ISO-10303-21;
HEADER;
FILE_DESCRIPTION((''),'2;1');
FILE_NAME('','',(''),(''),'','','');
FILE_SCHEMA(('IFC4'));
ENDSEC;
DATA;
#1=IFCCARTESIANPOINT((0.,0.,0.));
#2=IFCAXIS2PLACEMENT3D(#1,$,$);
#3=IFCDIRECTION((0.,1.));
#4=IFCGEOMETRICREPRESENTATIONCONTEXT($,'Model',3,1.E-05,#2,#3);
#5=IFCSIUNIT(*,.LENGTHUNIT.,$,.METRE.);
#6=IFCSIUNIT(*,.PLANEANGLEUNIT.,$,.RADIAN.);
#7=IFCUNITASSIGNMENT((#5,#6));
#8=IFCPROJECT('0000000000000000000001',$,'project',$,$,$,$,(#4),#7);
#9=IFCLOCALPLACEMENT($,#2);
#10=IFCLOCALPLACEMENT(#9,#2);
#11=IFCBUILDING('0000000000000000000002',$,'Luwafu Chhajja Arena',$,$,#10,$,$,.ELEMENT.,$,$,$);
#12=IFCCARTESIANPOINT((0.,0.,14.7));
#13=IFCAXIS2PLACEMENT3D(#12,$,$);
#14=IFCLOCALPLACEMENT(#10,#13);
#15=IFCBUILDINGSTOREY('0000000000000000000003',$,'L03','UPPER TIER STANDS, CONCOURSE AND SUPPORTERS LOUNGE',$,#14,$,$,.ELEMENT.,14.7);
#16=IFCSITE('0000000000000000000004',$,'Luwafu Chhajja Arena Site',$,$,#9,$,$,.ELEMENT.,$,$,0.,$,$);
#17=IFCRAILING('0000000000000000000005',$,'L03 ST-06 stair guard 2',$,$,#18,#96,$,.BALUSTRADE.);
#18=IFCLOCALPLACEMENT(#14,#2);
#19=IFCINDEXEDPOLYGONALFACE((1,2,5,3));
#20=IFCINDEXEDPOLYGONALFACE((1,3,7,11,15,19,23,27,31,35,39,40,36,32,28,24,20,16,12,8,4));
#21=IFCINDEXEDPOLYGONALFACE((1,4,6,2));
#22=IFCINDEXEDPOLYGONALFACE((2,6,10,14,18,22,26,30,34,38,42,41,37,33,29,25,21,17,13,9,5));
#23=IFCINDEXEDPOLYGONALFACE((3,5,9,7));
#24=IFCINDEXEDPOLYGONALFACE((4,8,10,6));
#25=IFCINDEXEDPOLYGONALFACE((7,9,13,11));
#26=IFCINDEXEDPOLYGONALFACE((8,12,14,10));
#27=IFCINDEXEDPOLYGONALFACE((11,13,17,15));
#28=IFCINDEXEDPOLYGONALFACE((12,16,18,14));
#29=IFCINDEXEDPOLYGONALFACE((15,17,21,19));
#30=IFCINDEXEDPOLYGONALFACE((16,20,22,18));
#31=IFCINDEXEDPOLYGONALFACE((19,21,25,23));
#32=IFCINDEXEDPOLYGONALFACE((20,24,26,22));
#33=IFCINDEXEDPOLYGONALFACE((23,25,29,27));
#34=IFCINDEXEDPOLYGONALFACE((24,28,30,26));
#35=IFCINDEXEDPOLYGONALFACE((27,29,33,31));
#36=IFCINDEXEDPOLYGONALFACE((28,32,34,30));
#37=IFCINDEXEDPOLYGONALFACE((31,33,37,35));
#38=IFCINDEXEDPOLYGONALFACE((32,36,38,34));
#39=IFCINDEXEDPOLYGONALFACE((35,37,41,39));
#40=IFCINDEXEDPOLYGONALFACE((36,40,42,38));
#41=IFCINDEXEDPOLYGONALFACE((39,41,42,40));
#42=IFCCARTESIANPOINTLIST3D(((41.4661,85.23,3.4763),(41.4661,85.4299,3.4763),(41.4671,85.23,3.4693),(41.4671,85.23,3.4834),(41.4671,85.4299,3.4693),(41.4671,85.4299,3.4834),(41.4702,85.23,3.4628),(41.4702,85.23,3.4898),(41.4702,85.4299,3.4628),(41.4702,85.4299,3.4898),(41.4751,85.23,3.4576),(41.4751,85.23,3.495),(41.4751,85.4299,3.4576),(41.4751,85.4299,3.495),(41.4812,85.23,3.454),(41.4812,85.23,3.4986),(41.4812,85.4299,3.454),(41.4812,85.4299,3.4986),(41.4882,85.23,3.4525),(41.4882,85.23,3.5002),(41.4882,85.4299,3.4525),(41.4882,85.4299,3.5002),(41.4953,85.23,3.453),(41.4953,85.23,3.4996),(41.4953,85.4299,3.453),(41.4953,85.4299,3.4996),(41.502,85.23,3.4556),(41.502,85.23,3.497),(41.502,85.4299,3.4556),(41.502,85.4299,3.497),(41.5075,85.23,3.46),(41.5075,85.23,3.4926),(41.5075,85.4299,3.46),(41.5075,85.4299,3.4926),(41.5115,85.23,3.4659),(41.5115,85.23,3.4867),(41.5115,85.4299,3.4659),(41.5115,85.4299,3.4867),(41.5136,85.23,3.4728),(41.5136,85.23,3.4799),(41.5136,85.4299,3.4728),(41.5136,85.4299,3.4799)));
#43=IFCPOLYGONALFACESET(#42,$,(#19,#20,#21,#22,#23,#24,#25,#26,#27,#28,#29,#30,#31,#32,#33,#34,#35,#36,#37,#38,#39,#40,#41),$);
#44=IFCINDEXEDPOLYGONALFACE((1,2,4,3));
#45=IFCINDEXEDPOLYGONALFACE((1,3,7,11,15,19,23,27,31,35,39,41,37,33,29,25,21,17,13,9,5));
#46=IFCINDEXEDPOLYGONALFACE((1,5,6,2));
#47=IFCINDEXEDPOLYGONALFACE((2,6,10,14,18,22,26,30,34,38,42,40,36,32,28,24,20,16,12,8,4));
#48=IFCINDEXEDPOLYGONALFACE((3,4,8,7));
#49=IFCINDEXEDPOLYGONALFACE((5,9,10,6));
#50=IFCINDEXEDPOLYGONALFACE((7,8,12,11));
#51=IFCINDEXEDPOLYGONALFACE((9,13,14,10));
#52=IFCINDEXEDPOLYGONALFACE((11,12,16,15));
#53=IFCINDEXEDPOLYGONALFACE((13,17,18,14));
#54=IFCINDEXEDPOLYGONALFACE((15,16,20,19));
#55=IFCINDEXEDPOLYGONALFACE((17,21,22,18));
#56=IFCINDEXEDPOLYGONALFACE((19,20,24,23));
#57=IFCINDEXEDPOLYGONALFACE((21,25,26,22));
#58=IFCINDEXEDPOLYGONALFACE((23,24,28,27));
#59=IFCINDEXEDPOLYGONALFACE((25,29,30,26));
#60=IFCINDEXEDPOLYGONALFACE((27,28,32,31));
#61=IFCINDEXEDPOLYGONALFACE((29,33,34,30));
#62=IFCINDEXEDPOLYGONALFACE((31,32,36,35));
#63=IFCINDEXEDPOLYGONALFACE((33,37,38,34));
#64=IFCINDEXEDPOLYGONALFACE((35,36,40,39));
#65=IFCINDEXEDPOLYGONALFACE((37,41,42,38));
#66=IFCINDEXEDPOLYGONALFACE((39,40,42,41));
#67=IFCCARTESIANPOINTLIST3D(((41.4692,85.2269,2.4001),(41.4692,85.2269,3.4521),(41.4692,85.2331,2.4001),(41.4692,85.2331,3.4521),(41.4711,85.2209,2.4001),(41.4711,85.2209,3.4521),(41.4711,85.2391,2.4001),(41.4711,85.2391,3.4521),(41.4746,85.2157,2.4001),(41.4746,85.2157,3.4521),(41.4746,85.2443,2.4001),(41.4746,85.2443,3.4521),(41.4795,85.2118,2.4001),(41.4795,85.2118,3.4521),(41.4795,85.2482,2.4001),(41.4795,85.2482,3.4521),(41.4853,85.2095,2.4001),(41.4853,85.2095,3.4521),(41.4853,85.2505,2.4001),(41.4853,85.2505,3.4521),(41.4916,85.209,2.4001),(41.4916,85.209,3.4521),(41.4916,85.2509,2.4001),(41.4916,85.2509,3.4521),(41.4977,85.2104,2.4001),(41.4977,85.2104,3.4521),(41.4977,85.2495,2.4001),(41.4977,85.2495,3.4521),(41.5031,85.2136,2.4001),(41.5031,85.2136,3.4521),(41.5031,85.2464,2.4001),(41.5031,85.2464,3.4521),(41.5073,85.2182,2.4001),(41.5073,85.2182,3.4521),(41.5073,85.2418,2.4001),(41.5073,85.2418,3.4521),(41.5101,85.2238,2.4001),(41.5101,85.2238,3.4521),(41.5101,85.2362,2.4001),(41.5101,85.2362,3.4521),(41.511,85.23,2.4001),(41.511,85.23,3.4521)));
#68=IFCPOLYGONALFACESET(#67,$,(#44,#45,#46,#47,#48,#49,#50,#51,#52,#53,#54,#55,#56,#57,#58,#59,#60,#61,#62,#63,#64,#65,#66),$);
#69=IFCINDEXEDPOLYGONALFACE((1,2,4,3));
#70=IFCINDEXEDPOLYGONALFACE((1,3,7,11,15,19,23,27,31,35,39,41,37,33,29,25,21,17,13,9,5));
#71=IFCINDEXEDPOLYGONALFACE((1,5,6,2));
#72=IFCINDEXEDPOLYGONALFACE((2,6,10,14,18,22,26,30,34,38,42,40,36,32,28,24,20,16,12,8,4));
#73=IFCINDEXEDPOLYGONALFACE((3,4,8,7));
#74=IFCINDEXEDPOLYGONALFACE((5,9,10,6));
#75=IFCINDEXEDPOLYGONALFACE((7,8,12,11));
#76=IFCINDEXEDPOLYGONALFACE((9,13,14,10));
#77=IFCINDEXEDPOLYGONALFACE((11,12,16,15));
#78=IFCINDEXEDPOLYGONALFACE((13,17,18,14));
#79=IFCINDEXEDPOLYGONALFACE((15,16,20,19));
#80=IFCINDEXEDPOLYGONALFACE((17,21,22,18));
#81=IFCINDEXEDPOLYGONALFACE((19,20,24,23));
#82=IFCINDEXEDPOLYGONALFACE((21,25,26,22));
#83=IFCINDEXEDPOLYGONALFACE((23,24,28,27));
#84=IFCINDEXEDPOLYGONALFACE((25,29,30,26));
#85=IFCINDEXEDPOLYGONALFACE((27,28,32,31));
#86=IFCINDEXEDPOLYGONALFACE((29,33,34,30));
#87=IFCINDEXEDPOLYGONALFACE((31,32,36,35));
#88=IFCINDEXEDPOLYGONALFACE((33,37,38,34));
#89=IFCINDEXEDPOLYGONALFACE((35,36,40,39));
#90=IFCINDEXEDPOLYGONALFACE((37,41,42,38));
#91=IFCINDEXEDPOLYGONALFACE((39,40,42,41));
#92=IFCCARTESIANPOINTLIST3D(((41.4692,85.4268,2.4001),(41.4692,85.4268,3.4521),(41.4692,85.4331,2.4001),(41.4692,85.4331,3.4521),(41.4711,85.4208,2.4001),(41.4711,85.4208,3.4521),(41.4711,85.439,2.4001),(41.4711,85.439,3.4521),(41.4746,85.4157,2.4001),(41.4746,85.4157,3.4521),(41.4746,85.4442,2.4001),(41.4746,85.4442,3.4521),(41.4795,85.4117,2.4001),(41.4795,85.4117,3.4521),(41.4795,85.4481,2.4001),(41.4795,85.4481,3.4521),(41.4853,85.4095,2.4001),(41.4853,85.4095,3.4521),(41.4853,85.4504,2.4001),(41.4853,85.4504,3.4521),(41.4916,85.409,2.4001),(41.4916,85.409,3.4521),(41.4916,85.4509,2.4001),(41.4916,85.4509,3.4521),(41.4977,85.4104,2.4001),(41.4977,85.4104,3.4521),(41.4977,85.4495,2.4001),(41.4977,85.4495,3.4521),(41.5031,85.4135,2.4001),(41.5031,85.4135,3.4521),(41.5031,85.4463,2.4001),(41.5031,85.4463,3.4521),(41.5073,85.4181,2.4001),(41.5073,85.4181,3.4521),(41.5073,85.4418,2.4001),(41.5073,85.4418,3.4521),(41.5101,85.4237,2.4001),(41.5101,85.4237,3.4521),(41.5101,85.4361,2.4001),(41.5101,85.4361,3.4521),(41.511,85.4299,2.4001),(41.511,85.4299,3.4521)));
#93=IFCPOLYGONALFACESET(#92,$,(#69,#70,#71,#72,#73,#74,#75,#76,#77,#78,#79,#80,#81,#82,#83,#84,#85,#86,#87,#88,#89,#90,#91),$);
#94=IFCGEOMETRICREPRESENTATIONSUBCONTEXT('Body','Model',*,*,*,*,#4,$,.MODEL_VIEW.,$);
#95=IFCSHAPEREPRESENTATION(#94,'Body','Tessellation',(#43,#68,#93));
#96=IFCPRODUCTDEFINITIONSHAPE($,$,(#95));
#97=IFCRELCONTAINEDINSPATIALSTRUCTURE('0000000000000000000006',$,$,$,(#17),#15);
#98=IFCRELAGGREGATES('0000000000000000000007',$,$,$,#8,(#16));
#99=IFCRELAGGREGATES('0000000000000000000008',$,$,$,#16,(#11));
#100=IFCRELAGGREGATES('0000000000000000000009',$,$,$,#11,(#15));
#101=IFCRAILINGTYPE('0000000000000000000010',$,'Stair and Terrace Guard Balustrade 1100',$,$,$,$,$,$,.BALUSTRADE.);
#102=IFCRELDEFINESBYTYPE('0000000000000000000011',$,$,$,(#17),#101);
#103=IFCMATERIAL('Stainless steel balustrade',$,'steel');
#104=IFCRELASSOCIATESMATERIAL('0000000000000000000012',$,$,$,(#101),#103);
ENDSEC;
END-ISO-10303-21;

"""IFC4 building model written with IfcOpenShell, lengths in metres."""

from ifc_helpers import new_model, si_unit, direction, frame, origin, origin_2d, place, context, subcontext, project, spatial, circle, extrude, material, type_object, element, save


model = new_model("IFC4")

# Units and contexts
model_context = context("Model", 3, precision=1e-05, world=origin(), true_north=direction((0.0, 1.0)))
body_context = subcontext(model_context, "Body", "Model", "MODEL_VIEW")
ifc_project = project(units=[si_unit("LENGTHUNIT", "METRE"), si_unit("PLANEANGLEUNIT", "RADIAN")], contexts=[model_context])

# Site, building, storey
site_placement = place(None, origin())
site = spatial("IfcSite", under=ifc_project, at=site_placement, Name="Luwafu Chhajja Arena Site", CompositionType="ELEMENT", RefElevation=0.0)
building_placement = place(site_placement, origin())
building = spatial("IfcBuilding", under=site, at=building_placement, Name="Luwafu Chhajja Arena", CompositionType="ELEMENT")
storey_placement = place(building_placement, frame((0.0, 0.0, 14.7)))
storey = spatial("IfcBuildingStorey", under=building, at=storey_placement, Name="L03", Description="UPPER TIER STANDS, CONCOURSE AND SUPPORTERS LOUNGE", CompositionType="ELEMENT", Elevation=14.7)

# Railing
ifc_material_1 = material(Name="Stainless steel balustrade", Category="steel")
railing_type_1 = type_object("IfcRailingType", Name="Stair and Terrace Guard Balustrade 1100", PredefinedType="BALUSTRADE", material=ifc_material_1)
railing_1_placement = place(storey_placement, frame((41.49, 85.23, 2.4001)))
element("IfcRailing", 1, at=railing_1_placement, inside=storey, type_object=railing_type_1, Name="L03 ST-06 stair guard 2", PredefinedType="BALUSTRADE", context=body_context, shape_type="SweptSolid", body=[
    extrude(circle(Radius=0.0239, at=origin_2d()), frame((0.0, 0.0, 1.0762), z_axis=(0.0, 1.0, 0.0), x_axis=(-1.0, 0.0, 0.0)), (0.0, 0.0, 1.0), 0.2),
    extrude(circle(Radius=0.021, at=origin_2d()), origin(), (0.0, 0.0, 1.0), 1.052),
    extrude(circle(Radius=0.021, at=origin_2d()), frame((0.0, 0.2, 0.0)), (0.0, 0.0, 1.0), 1.052),
])

save(model, "model.ifc")
